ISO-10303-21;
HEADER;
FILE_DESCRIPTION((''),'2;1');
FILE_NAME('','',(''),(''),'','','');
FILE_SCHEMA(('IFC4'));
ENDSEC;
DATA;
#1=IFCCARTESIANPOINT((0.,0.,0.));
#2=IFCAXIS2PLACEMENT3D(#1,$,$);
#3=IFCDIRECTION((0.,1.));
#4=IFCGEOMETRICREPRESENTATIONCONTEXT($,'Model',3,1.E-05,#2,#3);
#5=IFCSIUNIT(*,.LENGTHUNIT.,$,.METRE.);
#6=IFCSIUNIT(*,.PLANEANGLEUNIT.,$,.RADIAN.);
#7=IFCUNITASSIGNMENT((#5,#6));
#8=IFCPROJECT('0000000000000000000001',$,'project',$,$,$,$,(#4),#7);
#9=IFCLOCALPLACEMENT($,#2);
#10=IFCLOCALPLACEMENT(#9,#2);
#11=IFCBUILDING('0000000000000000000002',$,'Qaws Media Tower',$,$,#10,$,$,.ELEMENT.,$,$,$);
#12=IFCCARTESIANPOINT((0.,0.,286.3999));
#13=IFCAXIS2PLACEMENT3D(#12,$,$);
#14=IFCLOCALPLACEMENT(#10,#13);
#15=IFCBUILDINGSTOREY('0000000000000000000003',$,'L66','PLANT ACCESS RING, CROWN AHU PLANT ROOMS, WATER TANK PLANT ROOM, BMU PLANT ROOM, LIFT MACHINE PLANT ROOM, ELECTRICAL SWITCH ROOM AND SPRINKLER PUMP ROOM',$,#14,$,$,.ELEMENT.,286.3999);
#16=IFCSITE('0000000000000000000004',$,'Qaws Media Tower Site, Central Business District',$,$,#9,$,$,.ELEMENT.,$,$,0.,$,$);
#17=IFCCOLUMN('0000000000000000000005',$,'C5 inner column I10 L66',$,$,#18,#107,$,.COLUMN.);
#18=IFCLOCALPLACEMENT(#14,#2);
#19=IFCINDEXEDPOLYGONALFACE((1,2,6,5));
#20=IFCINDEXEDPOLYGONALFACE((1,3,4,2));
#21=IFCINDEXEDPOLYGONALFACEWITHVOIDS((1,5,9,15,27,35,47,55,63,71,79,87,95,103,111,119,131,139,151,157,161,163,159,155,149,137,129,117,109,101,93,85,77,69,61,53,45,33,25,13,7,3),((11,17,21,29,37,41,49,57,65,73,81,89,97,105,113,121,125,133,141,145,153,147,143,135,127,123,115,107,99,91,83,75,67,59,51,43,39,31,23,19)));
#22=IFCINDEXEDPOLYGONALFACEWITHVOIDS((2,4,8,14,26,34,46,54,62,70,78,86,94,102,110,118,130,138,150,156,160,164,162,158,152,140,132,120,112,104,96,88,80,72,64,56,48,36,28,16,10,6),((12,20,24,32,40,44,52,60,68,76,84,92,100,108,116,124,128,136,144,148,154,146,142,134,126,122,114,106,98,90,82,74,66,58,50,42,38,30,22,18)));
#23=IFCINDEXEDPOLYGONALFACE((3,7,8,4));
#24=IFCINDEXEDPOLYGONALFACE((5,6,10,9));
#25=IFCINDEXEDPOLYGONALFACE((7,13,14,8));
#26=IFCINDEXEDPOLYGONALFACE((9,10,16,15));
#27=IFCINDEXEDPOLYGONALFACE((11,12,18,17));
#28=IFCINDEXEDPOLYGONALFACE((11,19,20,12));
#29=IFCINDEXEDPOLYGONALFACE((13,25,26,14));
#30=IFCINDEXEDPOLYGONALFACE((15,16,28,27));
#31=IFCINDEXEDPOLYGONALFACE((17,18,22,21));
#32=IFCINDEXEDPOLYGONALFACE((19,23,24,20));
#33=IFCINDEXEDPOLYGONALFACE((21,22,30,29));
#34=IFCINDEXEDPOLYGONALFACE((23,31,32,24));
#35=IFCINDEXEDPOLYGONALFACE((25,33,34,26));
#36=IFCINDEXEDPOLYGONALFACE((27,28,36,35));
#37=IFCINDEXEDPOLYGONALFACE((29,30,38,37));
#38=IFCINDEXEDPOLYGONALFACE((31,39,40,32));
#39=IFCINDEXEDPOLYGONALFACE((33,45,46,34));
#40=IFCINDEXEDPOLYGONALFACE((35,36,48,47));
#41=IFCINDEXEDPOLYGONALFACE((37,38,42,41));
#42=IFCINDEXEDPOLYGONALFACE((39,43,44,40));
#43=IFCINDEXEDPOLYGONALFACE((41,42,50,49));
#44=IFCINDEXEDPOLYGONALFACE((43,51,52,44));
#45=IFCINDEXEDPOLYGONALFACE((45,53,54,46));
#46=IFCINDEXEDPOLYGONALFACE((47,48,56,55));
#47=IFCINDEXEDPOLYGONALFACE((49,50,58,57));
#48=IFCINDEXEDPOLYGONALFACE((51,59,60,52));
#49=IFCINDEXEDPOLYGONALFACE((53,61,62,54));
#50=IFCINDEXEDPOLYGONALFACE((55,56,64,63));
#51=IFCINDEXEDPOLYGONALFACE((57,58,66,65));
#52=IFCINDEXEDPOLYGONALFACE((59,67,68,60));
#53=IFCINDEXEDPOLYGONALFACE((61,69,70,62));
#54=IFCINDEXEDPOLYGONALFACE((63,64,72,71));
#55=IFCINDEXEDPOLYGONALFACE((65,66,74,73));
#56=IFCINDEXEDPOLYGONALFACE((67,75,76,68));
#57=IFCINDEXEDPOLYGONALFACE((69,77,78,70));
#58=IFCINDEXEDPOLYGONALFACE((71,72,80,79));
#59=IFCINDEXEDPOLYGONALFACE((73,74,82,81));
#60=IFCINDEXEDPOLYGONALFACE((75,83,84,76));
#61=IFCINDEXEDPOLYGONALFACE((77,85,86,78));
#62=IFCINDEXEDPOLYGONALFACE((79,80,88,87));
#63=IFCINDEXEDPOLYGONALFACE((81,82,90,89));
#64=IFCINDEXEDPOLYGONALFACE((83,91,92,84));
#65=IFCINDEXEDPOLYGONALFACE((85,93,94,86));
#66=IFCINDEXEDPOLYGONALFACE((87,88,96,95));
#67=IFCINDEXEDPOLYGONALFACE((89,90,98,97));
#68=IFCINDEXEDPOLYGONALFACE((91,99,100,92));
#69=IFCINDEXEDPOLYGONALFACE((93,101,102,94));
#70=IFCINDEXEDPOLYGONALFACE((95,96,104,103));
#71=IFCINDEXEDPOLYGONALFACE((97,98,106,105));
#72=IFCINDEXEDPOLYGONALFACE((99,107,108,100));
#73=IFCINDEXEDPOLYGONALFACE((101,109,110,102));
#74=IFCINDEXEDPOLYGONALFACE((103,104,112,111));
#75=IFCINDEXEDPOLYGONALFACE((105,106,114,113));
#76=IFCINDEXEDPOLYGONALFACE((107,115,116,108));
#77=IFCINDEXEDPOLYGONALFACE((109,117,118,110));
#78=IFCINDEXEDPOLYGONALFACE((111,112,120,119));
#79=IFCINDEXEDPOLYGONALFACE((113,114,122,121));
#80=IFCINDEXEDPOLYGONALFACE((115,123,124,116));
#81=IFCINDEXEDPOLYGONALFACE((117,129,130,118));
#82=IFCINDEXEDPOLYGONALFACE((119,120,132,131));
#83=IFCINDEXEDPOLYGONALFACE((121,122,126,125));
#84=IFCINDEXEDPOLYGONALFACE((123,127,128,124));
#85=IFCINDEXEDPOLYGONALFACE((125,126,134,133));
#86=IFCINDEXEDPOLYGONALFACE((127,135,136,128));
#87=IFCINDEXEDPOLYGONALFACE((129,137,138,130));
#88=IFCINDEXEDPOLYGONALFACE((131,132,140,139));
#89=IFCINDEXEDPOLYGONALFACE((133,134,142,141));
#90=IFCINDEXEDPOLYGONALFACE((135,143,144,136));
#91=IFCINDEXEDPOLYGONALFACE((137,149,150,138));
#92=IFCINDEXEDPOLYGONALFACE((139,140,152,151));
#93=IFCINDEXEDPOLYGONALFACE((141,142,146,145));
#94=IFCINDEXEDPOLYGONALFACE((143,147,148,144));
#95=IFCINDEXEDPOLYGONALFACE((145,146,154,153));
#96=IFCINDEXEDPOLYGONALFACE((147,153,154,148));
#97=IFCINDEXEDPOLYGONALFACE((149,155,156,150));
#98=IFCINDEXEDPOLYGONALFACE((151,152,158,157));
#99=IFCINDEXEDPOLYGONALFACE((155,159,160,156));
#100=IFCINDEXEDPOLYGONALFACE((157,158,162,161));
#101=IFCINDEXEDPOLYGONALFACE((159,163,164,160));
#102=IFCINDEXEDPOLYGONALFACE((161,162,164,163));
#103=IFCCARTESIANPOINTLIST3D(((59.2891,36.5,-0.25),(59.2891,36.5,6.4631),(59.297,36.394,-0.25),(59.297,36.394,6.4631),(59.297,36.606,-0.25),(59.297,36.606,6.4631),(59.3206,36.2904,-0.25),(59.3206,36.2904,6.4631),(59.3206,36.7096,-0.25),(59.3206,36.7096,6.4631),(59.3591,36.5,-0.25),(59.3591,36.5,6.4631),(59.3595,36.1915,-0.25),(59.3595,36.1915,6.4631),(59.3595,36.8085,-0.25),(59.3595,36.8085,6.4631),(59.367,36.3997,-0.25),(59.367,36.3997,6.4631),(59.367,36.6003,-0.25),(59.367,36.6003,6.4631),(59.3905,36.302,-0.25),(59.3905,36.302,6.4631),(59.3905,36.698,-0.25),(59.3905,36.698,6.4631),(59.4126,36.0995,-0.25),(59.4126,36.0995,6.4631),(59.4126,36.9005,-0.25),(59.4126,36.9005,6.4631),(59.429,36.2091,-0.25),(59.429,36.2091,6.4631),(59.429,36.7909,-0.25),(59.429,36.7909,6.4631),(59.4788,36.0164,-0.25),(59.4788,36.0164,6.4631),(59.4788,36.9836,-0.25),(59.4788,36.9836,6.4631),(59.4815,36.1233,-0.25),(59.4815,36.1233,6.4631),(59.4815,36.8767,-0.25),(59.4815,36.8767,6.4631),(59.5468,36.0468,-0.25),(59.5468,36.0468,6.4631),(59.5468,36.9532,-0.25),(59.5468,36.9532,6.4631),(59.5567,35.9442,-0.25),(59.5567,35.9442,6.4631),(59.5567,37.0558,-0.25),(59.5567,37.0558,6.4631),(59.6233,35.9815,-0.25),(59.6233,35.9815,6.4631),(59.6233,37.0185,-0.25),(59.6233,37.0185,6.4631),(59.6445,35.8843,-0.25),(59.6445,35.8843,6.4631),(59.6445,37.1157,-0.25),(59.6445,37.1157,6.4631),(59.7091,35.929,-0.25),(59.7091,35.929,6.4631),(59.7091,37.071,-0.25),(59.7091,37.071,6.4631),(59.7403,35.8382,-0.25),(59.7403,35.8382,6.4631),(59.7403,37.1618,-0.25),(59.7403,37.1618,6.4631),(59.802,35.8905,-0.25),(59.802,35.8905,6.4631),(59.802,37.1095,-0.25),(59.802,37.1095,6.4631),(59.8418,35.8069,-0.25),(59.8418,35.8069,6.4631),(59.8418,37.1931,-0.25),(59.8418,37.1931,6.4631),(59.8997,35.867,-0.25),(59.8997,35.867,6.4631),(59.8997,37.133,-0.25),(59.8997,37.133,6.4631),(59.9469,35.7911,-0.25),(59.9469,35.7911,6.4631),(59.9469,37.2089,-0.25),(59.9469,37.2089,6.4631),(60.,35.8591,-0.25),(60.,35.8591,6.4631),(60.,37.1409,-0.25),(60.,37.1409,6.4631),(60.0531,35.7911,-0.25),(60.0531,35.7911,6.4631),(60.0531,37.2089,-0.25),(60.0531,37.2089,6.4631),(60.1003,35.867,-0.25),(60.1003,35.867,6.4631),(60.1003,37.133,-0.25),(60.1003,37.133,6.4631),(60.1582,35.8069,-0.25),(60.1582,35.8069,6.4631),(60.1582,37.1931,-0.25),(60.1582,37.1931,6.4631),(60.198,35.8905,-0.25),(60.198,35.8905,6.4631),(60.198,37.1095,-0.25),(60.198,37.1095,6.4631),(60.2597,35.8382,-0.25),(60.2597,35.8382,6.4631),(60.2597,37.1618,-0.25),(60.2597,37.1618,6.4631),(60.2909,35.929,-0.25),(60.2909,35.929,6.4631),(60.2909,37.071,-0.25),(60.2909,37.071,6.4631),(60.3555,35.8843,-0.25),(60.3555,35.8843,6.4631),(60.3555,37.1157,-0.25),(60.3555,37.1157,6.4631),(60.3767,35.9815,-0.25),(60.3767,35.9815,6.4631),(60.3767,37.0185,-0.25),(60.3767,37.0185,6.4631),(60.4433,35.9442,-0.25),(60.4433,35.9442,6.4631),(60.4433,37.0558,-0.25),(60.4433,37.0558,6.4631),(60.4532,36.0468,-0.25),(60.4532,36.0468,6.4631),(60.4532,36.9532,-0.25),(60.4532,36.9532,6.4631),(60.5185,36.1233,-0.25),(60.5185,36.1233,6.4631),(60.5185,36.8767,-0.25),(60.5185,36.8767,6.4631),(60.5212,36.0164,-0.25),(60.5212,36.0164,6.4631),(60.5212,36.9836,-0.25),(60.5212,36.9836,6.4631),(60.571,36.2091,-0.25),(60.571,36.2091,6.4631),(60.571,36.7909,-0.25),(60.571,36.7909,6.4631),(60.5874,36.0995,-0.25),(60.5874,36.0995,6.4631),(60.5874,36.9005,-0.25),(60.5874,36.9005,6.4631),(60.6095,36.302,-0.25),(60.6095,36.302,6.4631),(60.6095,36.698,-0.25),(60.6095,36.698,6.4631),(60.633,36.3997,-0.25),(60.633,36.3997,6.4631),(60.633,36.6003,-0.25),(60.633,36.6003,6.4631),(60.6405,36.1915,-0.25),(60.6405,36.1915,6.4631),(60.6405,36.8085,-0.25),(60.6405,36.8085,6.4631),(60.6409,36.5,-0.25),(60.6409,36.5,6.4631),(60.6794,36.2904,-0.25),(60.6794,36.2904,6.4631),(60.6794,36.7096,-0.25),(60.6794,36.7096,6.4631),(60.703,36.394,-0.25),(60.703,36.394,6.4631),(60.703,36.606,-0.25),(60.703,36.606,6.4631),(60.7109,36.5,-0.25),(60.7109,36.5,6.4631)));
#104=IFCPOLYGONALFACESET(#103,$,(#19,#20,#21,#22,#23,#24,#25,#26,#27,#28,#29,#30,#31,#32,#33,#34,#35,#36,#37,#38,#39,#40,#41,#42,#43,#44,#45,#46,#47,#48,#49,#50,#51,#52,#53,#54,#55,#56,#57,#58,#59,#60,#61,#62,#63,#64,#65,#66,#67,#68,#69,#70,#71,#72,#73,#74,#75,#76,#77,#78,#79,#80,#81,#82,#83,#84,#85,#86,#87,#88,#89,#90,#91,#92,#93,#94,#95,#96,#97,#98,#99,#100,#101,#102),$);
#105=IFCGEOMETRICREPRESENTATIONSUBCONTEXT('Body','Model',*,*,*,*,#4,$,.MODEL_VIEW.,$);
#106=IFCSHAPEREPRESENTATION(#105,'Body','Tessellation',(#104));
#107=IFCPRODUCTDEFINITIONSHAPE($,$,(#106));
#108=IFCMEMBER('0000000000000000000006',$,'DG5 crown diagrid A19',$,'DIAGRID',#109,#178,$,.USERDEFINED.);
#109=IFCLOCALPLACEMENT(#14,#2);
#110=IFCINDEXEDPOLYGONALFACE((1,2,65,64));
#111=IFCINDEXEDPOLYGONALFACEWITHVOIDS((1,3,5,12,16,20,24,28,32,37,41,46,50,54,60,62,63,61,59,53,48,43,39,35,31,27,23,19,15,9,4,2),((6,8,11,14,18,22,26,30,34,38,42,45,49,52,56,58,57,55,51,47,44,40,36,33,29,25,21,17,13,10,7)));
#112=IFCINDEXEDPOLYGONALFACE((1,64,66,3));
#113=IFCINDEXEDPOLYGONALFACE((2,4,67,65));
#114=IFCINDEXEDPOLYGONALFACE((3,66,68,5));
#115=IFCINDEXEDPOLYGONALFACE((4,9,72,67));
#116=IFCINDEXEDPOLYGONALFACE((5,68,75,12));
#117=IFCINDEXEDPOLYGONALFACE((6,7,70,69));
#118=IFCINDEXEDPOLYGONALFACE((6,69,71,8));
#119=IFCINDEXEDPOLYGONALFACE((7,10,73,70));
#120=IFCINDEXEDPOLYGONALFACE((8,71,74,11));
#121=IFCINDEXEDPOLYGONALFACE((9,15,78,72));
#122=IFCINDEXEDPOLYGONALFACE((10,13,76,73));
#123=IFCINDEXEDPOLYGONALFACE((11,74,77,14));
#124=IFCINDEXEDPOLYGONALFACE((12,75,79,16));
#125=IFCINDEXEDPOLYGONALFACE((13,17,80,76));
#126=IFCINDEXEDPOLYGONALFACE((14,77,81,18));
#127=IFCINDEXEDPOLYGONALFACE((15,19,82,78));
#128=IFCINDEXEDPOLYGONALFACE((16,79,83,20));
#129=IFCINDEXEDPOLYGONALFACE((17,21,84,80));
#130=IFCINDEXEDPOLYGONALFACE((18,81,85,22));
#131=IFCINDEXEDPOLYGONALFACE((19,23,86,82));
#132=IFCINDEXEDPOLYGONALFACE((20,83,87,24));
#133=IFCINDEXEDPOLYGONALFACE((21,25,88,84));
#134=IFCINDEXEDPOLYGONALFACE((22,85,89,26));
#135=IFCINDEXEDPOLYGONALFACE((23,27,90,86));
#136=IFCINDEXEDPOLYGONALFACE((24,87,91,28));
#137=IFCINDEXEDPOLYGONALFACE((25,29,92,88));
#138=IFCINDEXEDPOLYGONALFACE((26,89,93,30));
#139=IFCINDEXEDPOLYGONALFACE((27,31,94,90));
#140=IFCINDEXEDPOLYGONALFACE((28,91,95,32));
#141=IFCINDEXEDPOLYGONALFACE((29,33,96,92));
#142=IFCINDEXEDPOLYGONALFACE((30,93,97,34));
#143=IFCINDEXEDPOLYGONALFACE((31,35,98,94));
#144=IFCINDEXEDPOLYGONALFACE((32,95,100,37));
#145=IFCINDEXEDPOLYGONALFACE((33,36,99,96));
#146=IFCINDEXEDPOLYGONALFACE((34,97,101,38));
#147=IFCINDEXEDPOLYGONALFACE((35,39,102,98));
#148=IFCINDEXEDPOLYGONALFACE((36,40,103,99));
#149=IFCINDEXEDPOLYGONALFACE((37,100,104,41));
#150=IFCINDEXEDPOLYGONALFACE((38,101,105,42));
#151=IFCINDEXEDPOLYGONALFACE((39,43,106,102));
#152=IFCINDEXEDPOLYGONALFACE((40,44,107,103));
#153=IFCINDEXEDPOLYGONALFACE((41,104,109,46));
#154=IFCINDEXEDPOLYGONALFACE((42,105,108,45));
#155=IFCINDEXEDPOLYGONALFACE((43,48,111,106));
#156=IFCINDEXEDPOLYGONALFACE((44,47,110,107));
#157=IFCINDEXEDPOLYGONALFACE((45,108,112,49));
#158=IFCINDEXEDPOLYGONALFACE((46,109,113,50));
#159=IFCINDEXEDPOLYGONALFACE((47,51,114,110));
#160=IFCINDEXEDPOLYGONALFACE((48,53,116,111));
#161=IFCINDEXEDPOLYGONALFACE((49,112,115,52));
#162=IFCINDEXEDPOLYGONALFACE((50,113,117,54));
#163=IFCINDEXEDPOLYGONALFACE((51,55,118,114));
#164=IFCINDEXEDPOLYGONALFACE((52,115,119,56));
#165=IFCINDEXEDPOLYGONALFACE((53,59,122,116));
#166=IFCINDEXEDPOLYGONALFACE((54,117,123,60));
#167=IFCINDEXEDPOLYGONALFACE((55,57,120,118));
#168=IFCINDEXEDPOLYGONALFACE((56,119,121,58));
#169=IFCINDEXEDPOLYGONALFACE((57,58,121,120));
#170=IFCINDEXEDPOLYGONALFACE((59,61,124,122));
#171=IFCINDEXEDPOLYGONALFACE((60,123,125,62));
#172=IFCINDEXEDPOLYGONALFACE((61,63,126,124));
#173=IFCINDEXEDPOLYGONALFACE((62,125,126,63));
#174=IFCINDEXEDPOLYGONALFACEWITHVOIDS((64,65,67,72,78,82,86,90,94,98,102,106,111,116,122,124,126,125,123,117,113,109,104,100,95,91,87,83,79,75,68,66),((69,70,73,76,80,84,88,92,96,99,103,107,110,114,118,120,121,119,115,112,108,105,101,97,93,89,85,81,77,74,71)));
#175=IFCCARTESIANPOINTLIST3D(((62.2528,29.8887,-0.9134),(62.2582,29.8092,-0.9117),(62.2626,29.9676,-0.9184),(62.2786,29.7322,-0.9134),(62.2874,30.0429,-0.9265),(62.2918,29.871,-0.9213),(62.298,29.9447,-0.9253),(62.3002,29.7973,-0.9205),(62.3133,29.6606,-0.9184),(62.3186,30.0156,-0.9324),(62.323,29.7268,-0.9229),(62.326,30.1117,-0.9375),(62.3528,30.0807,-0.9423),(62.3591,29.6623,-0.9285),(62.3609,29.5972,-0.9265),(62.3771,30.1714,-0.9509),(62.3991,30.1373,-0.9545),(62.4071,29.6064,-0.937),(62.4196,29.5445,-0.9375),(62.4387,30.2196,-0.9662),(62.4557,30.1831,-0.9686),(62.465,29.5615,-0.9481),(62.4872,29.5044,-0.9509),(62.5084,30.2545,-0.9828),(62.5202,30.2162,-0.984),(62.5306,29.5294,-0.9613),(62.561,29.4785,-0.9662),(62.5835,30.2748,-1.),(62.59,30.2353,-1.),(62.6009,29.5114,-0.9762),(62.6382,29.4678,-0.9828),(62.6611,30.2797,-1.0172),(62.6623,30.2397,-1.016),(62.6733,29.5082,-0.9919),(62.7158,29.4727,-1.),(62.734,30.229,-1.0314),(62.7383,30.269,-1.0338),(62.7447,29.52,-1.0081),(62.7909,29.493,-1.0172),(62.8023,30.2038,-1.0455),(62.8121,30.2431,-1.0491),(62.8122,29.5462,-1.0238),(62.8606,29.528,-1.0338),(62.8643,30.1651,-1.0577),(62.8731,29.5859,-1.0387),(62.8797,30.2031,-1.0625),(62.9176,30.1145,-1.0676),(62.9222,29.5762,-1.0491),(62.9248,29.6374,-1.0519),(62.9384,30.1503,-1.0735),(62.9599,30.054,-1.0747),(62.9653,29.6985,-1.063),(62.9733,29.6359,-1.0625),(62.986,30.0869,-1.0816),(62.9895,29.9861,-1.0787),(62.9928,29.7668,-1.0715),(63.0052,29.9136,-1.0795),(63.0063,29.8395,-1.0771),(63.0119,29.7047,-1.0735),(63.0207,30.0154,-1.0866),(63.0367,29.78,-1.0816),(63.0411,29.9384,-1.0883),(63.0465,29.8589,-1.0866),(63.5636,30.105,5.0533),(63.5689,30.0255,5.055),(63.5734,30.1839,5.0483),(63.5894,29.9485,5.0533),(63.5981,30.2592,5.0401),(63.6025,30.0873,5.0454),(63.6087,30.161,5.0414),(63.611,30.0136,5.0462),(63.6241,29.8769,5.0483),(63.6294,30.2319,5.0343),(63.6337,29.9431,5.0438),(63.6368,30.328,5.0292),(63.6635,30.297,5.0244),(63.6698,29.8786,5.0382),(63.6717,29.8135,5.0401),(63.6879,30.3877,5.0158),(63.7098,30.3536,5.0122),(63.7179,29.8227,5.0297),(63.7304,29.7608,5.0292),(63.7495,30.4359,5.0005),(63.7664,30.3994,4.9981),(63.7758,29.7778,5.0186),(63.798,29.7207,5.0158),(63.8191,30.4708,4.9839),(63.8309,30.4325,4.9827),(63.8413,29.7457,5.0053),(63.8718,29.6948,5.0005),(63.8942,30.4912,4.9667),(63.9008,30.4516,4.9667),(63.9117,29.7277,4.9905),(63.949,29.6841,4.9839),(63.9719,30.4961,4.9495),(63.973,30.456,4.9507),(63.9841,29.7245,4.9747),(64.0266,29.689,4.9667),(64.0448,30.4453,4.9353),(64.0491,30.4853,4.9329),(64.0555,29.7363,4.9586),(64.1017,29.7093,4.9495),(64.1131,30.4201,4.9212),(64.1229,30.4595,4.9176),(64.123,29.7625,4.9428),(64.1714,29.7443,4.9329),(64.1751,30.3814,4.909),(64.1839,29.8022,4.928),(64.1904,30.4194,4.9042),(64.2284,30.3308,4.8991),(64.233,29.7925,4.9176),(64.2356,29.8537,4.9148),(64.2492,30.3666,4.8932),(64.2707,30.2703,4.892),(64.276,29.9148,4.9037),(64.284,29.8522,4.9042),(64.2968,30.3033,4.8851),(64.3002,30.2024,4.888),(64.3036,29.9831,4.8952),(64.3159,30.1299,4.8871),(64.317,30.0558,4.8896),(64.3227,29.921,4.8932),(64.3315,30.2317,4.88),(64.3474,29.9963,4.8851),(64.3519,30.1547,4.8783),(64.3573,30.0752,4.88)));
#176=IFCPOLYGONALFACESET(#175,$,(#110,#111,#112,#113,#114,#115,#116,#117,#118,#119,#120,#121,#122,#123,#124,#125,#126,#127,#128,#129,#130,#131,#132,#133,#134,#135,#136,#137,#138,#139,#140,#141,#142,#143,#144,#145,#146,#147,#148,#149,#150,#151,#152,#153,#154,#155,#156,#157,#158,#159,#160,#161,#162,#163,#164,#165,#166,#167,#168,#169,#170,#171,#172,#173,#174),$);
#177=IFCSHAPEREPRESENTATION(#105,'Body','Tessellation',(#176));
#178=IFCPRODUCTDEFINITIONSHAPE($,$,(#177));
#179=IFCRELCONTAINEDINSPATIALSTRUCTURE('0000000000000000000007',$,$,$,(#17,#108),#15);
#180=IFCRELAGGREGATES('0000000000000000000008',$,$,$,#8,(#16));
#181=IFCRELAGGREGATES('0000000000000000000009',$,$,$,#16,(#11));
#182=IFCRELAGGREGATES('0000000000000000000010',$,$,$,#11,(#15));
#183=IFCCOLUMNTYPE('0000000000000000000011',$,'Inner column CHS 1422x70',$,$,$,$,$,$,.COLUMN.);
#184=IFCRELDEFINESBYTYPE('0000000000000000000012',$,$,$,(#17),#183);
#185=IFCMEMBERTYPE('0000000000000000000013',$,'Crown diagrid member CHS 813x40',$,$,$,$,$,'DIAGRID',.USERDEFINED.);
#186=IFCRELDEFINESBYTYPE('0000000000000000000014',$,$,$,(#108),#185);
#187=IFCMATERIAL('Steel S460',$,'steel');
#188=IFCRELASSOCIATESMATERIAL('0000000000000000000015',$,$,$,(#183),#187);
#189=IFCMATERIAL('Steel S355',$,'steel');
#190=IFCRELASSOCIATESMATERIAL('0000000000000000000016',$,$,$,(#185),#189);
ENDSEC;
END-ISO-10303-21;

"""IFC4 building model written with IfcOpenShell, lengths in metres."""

from ifc_helpers import new_model, si_unit, direction, frame, origin, origin_2d, place, context, subcontext, project, spatial, hollow_circle, extrude, material, material_profile, profile_set, type_object, element, save


model = new_model("IFC4")

# Units and contexts
model_context = context("Model", 3, precision=1e-05, world=origin(), true_north=direction((0.0, 1.0)))
body_context = subcontext(model_context, "Body", "Model", "MODEL_VIEW")
ifc_project = project(units=[si_unit("LENGTHUNIT", "METRE"), si_unit("PLANEANGLEUNIT", "RADIAN")], contexts=[model_context])

# Site, building, storey
site_placement = place(None, origin())
site = spatial("IfcSite", under=ifc_project, at=site_placement, Name="Qaws Media Tower Site, Central Business District", CompositionType="ELEMENT", RefElevation=0.0)
building_placement = place(site_placement, origin())
building = spatial("IfcBuilding", under=site, at=building_placement, Name="Qaws Media Tower", CompositionType="ELEMENT")
storey_placement = place(building_placement, frame((0.0, 0.0, 286.3999)))
storey = spatial("IfcBuildingStorey", under=building, at=storey_placement, Name="L66", Description="PLANT ACCESS RING, CROWN AHU PLANT ROOMS, WATER TANK PLANT ROOM, BMU PLANT ROOM, LIFT MACHINE PLANT ROOM, ELECTRICAL SWITCH ROOM AND SPRINKLER PUMP ROOM", CompositionType="ELEMENT", Elevation=286.3999)

# Column
ifc_material_1 = material(Name="Steel S460", Category="steel")
ifc_material_profile_1 = material_profile(ifc_material_1, hollow_circle(Radius=0.7109, WallThickness=0.0701, at=origin_2d()), Name="CHS 1422x70")
ifc_profile_set_1 = profile_set([ifc_material_profile_1], Name="Steel S460")
column_type = type_object("IfcColumnType", Name="Inner column CHS 1422x70", PredefinedType="COLUMN", material=ifc_profile_set_1)
column_placement = place(storey_placement, frame((60.0, 36.5, -0.25), z_axis=(0.0, 0.0, 1.0), x_axis=(1.0, 0.0, 0.0)))
element("IfcColumn", 1, at=column_placement, inside=storey, type_object=column_type, Name="C5 inner column I10 L66", PredefinedType="COLUMN", context=body_context, shape_type="SweptSolid", body=[
    extrude(hollow_circle(Radius=0.7109, WallThickness=0.0701, at=origin_2d()), origin(), (0.0, 0.0, 1.0), 6.7131),
])

# Member
ifc_material_2 = material(Name="Steel S355", Category="steel")
ifc_material_profile_2 = material_profile(ifc_material_2, hollow_circle(Radius=0.4065, WallThickness=0.04, at=origin_2d()), Name="CHS 813x40")
ifc_profile_set_2 = profile_set([ifc_material_profile_2], Name="Steel S355")
member_type_1 = type_object("IfcMemberType", Name="Crown diagrid member CHS 813x40", ElementType="DIAGRID", PredefinedType="USERDEFINED", material=ifc_profile_set_2)
member_1_placement = place(storey_placement, frame((62.6497, 29.8738, -1.0), z_axis=(0.21443, 0.035386, 0.976098), x_axis=(-0.162819, 0.986656, 0.0)))
element("IfcMember", 2, at=member_1_placement, inside=storey, type_object=member_type_1, Name="DG5 crown diagrid A19", ObjectType="DIAGRID", PredefinedType="USERDEFINED", context=body_context, shape_type="SweptSolid", body=[
    extrude(hollow_circle(Radius=0.4065, WallThickness=0.04, at=origin_2d()), origin(), (0.0, 0.0, 1.0), 6.1128),
])

save(model, "model.ifc")
